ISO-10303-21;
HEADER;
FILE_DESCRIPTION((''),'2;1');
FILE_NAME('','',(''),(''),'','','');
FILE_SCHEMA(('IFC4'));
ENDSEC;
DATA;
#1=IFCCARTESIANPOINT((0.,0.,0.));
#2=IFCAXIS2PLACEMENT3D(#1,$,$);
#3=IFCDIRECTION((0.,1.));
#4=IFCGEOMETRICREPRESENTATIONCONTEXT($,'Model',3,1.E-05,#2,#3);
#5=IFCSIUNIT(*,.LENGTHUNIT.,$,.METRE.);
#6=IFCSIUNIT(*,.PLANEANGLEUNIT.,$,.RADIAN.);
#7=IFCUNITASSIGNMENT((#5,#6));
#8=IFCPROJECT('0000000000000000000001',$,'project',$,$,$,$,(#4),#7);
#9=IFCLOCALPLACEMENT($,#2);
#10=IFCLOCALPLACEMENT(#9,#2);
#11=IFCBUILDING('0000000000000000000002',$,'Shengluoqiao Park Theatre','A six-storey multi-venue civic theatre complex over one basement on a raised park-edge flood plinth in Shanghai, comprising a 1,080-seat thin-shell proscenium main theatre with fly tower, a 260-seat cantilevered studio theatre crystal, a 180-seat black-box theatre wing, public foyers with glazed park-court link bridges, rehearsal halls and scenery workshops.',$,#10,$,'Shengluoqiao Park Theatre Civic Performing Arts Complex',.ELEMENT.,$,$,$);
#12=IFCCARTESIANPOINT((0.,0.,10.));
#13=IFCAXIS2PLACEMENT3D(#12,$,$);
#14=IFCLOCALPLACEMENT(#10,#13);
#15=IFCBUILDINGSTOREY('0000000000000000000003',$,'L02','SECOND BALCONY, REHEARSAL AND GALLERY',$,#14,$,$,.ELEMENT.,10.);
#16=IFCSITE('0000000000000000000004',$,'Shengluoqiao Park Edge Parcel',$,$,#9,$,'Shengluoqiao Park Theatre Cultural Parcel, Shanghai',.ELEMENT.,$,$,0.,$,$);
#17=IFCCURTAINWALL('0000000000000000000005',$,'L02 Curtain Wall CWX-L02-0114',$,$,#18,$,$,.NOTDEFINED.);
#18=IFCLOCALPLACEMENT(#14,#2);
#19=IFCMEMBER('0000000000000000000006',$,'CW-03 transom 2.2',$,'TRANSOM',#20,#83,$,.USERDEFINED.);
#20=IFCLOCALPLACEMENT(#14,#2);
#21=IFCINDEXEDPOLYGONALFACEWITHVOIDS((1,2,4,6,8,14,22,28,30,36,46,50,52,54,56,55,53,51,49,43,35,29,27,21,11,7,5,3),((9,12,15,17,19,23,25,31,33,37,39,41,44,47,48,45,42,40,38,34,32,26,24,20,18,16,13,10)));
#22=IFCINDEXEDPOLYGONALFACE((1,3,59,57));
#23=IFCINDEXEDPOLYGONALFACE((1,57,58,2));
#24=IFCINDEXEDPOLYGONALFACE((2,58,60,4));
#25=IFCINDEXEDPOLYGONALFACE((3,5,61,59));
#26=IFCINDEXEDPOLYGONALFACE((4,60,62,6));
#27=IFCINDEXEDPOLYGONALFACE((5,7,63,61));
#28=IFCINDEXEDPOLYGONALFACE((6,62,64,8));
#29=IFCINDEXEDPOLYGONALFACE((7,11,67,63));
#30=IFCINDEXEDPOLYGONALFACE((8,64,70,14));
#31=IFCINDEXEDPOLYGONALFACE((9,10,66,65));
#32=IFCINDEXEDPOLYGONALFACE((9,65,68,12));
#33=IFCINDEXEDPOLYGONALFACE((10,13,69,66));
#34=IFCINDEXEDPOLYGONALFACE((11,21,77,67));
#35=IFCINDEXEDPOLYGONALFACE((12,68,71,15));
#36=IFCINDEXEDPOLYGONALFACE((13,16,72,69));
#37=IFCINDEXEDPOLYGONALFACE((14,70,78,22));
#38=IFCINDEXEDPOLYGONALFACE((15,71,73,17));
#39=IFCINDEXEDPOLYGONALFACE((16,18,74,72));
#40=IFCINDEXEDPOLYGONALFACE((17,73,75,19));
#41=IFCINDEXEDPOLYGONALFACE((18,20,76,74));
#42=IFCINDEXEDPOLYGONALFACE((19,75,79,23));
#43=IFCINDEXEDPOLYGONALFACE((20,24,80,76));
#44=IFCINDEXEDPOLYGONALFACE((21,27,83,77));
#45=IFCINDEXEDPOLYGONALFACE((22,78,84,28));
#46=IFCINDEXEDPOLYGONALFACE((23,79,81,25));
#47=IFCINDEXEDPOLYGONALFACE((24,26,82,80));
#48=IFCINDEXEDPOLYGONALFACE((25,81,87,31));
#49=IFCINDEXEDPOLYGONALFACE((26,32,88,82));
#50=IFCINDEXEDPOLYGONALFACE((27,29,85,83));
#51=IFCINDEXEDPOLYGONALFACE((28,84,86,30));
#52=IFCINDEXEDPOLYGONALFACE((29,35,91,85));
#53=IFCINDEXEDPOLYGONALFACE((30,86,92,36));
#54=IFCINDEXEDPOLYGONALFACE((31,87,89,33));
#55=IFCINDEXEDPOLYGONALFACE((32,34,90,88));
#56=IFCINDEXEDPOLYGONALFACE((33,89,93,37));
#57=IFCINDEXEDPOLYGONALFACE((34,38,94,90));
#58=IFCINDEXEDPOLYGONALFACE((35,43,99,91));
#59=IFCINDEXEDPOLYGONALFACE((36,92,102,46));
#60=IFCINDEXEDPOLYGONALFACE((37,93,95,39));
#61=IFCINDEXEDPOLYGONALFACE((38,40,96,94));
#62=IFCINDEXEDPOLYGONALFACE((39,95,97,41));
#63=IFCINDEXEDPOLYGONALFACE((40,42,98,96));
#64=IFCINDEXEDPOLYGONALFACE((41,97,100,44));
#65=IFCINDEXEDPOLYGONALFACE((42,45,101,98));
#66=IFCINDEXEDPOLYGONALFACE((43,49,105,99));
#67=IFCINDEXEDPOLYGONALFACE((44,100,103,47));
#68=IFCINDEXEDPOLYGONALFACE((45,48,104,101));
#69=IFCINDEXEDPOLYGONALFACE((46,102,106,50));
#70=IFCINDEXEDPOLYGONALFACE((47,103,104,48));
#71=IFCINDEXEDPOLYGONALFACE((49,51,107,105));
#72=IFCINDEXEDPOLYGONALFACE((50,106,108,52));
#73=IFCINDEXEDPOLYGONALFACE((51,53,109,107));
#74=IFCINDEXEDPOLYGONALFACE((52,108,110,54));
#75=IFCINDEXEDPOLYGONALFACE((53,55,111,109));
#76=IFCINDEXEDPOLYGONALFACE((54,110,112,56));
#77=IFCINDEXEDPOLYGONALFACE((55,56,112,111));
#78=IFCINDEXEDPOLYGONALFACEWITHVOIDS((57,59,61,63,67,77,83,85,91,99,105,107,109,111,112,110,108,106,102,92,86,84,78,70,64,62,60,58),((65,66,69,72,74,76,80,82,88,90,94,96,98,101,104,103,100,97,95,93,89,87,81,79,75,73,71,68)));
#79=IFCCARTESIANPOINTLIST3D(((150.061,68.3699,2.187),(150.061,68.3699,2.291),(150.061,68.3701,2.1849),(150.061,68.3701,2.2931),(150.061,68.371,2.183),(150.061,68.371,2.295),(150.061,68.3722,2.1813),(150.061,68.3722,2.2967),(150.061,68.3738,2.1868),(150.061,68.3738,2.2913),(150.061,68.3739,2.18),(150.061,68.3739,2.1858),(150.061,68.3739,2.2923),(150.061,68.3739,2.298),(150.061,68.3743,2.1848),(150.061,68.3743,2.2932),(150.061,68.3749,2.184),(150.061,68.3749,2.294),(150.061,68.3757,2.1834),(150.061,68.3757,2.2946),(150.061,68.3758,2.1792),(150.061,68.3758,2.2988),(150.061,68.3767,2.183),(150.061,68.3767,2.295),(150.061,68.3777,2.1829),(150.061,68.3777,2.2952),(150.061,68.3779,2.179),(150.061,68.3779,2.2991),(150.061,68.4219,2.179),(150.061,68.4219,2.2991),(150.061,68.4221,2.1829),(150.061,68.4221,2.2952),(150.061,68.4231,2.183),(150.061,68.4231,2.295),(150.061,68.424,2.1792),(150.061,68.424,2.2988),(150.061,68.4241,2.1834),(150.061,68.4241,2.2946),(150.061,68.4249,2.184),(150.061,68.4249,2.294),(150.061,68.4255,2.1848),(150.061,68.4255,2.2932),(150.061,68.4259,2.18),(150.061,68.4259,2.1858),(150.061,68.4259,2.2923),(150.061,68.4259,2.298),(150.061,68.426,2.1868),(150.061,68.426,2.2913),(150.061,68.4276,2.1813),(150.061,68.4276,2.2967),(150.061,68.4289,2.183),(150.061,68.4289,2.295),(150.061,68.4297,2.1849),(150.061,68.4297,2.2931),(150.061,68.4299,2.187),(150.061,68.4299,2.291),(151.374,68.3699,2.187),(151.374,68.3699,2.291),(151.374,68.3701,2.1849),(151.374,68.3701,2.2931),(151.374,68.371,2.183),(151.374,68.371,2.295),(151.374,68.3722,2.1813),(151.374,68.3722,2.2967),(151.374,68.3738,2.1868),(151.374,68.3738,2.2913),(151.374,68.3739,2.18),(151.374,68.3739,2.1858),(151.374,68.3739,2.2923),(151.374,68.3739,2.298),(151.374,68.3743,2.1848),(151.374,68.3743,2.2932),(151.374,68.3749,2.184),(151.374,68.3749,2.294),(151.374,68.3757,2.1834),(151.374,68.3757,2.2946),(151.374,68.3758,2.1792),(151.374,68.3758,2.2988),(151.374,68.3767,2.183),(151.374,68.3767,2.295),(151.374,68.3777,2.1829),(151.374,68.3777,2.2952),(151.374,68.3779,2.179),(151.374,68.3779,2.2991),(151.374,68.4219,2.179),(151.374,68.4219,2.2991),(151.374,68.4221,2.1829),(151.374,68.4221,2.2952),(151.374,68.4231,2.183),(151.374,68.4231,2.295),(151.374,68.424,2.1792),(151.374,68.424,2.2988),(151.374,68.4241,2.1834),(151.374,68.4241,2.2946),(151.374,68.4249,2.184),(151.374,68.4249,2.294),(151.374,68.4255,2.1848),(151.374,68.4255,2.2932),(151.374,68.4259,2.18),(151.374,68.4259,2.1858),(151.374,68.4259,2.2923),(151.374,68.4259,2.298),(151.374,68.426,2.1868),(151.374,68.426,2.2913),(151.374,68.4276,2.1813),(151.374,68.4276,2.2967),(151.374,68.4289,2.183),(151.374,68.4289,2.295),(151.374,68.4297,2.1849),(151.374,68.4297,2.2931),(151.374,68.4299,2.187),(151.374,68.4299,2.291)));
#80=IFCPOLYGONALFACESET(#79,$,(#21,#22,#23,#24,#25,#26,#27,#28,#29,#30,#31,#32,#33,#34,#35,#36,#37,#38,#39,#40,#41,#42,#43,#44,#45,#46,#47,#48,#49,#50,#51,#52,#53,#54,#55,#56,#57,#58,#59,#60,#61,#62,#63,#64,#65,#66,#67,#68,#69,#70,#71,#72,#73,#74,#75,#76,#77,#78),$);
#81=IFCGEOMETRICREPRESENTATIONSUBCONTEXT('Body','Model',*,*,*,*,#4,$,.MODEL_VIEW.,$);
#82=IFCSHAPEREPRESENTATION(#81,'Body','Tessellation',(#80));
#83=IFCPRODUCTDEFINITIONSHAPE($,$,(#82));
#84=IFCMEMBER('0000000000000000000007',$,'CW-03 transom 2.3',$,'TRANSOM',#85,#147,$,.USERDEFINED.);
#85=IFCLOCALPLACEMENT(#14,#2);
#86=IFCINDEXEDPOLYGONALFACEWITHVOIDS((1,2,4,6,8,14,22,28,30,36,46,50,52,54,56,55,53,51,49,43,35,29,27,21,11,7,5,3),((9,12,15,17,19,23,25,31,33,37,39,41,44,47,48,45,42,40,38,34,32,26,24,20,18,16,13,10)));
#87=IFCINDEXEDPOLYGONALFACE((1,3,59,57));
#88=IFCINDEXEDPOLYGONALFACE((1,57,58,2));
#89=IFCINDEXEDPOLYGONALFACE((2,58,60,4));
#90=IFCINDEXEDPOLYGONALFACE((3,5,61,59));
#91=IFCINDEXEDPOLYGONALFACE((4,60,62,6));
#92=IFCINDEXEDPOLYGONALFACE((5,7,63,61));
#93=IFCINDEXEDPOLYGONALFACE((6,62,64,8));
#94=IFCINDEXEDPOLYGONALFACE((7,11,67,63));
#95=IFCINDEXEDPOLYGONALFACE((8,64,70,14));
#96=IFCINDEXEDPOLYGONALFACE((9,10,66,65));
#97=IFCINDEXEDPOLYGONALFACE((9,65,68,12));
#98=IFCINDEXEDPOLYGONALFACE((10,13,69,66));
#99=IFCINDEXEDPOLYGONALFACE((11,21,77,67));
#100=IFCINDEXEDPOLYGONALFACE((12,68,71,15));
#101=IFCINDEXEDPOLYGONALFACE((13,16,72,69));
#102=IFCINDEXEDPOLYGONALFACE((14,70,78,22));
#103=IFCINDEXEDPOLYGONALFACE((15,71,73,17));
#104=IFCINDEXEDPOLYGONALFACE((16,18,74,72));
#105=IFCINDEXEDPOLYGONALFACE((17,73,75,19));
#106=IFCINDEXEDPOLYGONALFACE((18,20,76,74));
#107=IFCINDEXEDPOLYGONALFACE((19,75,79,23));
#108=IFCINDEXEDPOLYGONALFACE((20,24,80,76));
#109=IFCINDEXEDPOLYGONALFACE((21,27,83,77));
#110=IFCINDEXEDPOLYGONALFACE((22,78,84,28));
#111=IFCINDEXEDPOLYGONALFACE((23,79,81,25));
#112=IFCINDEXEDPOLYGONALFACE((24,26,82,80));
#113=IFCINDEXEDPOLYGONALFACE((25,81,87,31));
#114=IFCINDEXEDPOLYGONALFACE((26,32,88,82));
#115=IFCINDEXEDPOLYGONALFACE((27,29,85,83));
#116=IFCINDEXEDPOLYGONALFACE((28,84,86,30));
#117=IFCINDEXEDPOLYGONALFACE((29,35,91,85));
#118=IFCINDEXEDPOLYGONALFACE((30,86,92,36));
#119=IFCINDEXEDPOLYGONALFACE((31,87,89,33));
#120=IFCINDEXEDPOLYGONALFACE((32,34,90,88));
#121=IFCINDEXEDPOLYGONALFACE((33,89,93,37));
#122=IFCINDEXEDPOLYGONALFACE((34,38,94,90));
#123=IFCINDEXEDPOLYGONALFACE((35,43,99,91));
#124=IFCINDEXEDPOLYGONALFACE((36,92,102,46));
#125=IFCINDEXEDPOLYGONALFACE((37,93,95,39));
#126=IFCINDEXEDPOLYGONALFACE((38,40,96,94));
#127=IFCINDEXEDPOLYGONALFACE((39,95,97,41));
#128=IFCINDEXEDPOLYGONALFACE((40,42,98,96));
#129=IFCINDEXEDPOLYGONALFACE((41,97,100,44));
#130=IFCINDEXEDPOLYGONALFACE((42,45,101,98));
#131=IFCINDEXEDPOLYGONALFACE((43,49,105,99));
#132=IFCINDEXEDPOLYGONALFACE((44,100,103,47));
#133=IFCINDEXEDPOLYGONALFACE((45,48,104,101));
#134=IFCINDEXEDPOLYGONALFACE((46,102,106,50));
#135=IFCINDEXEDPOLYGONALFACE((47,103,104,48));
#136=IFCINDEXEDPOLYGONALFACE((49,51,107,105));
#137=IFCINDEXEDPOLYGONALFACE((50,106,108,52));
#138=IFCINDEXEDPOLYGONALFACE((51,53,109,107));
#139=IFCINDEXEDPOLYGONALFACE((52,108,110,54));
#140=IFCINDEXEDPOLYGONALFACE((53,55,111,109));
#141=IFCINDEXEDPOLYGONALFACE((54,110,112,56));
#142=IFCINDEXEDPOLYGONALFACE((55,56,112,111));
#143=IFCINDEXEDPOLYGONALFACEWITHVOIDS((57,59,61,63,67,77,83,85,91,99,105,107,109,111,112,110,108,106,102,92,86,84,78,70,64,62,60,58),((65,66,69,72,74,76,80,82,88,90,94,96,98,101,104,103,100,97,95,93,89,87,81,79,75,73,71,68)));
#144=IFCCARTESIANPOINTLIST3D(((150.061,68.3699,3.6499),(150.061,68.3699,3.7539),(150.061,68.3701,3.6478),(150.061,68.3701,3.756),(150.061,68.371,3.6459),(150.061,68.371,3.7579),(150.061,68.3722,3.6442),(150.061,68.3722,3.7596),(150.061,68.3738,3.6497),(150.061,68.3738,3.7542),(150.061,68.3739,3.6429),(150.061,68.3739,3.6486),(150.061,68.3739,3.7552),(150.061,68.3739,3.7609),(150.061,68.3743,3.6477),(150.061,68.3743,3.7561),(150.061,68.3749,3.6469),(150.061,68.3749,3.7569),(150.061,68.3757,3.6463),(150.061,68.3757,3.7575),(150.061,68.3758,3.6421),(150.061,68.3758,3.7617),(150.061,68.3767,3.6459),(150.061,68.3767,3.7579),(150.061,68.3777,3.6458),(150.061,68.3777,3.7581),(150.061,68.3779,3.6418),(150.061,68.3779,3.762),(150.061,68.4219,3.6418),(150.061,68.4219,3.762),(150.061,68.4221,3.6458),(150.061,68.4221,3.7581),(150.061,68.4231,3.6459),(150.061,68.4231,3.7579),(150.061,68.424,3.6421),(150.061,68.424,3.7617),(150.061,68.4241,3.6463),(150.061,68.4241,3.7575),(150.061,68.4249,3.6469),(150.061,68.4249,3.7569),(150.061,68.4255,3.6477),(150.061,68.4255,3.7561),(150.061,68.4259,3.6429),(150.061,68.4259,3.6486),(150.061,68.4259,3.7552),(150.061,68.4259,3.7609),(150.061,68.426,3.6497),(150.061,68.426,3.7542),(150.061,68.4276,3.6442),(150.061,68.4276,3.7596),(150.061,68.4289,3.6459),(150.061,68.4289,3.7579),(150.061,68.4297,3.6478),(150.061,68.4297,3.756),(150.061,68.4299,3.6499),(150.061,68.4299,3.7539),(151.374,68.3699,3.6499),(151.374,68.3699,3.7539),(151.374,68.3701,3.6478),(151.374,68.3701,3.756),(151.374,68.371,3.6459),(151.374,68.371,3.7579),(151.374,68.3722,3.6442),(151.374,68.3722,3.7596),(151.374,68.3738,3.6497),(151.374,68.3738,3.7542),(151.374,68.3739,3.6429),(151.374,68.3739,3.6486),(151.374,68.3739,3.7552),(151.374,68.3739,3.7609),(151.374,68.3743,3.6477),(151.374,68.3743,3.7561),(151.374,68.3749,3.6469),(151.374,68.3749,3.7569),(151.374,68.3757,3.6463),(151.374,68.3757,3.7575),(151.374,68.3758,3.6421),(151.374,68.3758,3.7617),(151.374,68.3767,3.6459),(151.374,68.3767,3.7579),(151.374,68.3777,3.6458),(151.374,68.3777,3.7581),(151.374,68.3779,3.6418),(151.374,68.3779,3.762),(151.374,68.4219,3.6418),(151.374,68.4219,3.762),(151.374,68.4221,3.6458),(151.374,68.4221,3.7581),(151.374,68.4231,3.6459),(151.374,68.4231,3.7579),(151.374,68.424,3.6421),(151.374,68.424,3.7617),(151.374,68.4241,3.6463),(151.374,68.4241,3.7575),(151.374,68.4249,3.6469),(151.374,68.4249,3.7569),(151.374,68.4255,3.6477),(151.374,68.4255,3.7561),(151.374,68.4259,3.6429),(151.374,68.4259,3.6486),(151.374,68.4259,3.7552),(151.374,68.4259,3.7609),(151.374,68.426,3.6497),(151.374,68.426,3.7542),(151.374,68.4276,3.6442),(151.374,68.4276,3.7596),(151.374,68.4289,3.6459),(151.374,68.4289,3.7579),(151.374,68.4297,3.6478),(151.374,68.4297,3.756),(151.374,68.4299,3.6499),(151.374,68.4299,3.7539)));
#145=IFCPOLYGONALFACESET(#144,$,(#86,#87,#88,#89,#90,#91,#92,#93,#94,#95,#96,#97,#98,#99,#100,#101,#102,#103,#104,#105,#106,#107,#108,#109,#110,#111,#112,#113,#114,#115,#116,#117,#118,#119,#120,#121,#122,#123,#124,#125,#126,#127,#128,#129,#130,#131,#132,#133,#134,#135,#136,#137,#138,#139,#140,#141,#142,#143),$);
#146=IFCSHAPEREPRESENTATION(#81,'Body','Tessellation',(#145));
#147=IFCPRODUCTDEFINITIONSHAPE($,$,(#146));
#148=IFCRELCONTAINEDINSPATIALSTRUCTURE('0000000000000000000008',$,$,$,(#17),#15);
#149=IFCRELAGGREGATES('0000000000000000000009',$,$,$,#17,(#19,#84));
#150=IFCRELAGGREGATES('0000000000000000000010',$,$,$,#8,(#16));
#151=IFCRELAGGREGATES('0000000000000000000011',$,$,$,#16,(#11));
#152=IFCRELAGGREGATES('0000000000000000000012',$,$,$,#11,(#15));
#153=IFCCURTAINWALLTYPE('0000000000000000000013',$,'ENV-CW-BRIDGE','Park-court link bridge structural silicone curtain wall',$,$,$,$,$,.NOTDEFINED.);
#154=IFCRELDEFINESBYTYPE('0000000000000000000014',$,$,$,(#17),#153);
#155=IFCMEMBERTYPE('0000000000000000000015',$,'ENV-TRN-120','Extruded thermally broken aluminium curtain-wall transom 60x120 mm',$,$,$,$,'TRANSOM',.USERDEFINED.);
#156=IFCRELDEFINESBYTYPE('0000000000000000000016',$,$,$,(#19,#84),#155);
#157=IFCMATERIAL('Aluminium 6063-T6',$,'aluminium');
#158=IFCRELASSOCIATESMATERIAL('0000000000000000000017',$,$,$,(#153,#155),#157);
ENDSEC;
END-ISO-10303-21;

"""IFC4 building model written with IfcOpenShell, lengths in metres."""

from ifc_helpers import new_model, si_unit, direction, frame, origin, origin_2d, place, context, subcontext, project, spatial, hollow_rectangle, extrude, material, material_profile, profile_set, type_object, element, aggregate, save


model = new_model("IFC4")

# Units and contexts
model_context = context("Model", 3, precision=1e-05, world=origin(), true_north=direction((0.0, 1.0)))
body_context = subcontext(model_context, "Body", "Model", "MODEL_VIEW")
ifc_project = project(units=[si_unit("LENGTHUNIT", "METRE"), si_unit("PLANEANGLEUNIT", "RADIAN")], contexts=[model_context])

# Site, building, storey
site_placement = place(None, origin())
site = spatial("IfcSite", under=ifc_project, at=site_placement, Name="Shengluoqiao Park Edge Parcel", LongName="Shengluoqiao Park Theatre Cultural Parcel, Shanghai", CompositionType="ELEMENT", RefElevation=0.0)
building_placement = place(site_placement, origin())
building = spatial("IfcBuilding", under=site, at=building_placement, Name="Shengluoqiao Park Theatre", Description="A six-storey multi-venue civic theatre complex over one basement on a raised park-edge flood plinth in Shanghai, comprising a 1,080-seat thin-shell proscenium main theatre with fly tower, a 260-seat cantilevered studio theatre crystal, a 180-seat black-box theatre wing, public foyers with glazed park-court link bridges, rehearsal halls and scenery workshops.", LongName="Shengluoqiao Park Theatre Civic Performing Arts Complex", CompositionType="ELEMENT")
storey_placement = place(building_placement, frame((0.0, 0.0, 10.0)))
storey = spatial("IfcBuildingStorey", under=building, at=storey_placement, Name="L02", Description="SECOND BALCONY, REHEARSAL AND GALLERY", CompositionType="ELEMENT", Elevation=10.0)

# Curtain wall, members
ifc_material_1 = material(Name="Aluminium 6063-T6", Category="aluminium")
curtain_wall_type_1 = type_object("IfcCurtainWallType", Name="ENV-CW-BRIDGE", Description="Park-court link bridge structural silicone curtain wall", PredefinedType="NOTDEFINED", material=ifc_material_1)
curtain_wall_1_placement = place(storey_placement, origin())
curtain_wall_1 = element("IfcCurtainWall", 1, at=curtain_wall_1_placement, inside=storey, type_object=curtain_wall_type_1, Name="L02 Curtain Wall CWX-L02-0114", PredefinedType="NOTDEFINED")
ifc_material_profile_1 = material_profile(ifc_material_1, hollow_rectangle(XDim=0.0601, YDim=0.1201, WallThickness=0.0039, InnerFilletRadius=0.0039, OuterFilletRadius=0.0081, at=origin_2d()), Name="ALU TRANSOM 120x60x4")
ifc_profile_set_1 = profile_set([ifc_material_profile_1], Name="Aluminium 6063-T6")
member_type_1 = type_object("IfcMemberType", Name="ENV-TRN-120", Description="Extruded thermally broken aluminium curtain-wall transom 60x120 mm", ElementType="TRANSOM", PredefinedType="USERDEFINED", material=ifc_profile_set_1)
member_1_placement = place(storey_placement, frame((150.061, 68.3999, 2.239), z_axis=(1.0, 0.0, 0.0), x_axis=(0.0, 1.0, 0.0)))
member_1 = element("IfcMember", 2, at=member_1_placement, type_object=member_type_1, Name="CW-03 transom 2.2", ObjectType="TRANSOM", PredefinedType="USERDEFINED", context=body_context, shape_type="SweptSolid", body=[
    extrude(hollow_rectangle(XDim=0.0601, YDim=0.1201, WallThickness=0.0039, InnerFilletRadius=0.0039, OuterFilletRadius=0.0081, at=origin_2d()), origin(), (0.0, 0.0, 1.0), 1.313),
])
member_2_placement = place(storey_placement, frame((150.061, 68.3999, 3.7019), z_axis=(1.0, 0.0, 0.0), x_axis=(0.0, 1.0, 0.0)))
member_2 = element("IfcMember", 3, at=member_2_placement, type_object=member_type_1, Name="CW-03 transom 2.3", ObjectType="TRANSOM", PredefinedType="USERDEFINED", context=body_context, shape_type="SweptSolid", body=[
    extrude(hollow_rectangle(XDim=0.0601, YDim=0.1201, WallThickness=0.0039, InnerFilletRadius=0.0039, OuterFilletRadius=0.0081, at=origin_2d()), origin(), (0.0, 0.0, 1.0), 1.313),
])

aggregate(curtain_wall_1, [member_1, member_2])

save(model, "model.ifc")
